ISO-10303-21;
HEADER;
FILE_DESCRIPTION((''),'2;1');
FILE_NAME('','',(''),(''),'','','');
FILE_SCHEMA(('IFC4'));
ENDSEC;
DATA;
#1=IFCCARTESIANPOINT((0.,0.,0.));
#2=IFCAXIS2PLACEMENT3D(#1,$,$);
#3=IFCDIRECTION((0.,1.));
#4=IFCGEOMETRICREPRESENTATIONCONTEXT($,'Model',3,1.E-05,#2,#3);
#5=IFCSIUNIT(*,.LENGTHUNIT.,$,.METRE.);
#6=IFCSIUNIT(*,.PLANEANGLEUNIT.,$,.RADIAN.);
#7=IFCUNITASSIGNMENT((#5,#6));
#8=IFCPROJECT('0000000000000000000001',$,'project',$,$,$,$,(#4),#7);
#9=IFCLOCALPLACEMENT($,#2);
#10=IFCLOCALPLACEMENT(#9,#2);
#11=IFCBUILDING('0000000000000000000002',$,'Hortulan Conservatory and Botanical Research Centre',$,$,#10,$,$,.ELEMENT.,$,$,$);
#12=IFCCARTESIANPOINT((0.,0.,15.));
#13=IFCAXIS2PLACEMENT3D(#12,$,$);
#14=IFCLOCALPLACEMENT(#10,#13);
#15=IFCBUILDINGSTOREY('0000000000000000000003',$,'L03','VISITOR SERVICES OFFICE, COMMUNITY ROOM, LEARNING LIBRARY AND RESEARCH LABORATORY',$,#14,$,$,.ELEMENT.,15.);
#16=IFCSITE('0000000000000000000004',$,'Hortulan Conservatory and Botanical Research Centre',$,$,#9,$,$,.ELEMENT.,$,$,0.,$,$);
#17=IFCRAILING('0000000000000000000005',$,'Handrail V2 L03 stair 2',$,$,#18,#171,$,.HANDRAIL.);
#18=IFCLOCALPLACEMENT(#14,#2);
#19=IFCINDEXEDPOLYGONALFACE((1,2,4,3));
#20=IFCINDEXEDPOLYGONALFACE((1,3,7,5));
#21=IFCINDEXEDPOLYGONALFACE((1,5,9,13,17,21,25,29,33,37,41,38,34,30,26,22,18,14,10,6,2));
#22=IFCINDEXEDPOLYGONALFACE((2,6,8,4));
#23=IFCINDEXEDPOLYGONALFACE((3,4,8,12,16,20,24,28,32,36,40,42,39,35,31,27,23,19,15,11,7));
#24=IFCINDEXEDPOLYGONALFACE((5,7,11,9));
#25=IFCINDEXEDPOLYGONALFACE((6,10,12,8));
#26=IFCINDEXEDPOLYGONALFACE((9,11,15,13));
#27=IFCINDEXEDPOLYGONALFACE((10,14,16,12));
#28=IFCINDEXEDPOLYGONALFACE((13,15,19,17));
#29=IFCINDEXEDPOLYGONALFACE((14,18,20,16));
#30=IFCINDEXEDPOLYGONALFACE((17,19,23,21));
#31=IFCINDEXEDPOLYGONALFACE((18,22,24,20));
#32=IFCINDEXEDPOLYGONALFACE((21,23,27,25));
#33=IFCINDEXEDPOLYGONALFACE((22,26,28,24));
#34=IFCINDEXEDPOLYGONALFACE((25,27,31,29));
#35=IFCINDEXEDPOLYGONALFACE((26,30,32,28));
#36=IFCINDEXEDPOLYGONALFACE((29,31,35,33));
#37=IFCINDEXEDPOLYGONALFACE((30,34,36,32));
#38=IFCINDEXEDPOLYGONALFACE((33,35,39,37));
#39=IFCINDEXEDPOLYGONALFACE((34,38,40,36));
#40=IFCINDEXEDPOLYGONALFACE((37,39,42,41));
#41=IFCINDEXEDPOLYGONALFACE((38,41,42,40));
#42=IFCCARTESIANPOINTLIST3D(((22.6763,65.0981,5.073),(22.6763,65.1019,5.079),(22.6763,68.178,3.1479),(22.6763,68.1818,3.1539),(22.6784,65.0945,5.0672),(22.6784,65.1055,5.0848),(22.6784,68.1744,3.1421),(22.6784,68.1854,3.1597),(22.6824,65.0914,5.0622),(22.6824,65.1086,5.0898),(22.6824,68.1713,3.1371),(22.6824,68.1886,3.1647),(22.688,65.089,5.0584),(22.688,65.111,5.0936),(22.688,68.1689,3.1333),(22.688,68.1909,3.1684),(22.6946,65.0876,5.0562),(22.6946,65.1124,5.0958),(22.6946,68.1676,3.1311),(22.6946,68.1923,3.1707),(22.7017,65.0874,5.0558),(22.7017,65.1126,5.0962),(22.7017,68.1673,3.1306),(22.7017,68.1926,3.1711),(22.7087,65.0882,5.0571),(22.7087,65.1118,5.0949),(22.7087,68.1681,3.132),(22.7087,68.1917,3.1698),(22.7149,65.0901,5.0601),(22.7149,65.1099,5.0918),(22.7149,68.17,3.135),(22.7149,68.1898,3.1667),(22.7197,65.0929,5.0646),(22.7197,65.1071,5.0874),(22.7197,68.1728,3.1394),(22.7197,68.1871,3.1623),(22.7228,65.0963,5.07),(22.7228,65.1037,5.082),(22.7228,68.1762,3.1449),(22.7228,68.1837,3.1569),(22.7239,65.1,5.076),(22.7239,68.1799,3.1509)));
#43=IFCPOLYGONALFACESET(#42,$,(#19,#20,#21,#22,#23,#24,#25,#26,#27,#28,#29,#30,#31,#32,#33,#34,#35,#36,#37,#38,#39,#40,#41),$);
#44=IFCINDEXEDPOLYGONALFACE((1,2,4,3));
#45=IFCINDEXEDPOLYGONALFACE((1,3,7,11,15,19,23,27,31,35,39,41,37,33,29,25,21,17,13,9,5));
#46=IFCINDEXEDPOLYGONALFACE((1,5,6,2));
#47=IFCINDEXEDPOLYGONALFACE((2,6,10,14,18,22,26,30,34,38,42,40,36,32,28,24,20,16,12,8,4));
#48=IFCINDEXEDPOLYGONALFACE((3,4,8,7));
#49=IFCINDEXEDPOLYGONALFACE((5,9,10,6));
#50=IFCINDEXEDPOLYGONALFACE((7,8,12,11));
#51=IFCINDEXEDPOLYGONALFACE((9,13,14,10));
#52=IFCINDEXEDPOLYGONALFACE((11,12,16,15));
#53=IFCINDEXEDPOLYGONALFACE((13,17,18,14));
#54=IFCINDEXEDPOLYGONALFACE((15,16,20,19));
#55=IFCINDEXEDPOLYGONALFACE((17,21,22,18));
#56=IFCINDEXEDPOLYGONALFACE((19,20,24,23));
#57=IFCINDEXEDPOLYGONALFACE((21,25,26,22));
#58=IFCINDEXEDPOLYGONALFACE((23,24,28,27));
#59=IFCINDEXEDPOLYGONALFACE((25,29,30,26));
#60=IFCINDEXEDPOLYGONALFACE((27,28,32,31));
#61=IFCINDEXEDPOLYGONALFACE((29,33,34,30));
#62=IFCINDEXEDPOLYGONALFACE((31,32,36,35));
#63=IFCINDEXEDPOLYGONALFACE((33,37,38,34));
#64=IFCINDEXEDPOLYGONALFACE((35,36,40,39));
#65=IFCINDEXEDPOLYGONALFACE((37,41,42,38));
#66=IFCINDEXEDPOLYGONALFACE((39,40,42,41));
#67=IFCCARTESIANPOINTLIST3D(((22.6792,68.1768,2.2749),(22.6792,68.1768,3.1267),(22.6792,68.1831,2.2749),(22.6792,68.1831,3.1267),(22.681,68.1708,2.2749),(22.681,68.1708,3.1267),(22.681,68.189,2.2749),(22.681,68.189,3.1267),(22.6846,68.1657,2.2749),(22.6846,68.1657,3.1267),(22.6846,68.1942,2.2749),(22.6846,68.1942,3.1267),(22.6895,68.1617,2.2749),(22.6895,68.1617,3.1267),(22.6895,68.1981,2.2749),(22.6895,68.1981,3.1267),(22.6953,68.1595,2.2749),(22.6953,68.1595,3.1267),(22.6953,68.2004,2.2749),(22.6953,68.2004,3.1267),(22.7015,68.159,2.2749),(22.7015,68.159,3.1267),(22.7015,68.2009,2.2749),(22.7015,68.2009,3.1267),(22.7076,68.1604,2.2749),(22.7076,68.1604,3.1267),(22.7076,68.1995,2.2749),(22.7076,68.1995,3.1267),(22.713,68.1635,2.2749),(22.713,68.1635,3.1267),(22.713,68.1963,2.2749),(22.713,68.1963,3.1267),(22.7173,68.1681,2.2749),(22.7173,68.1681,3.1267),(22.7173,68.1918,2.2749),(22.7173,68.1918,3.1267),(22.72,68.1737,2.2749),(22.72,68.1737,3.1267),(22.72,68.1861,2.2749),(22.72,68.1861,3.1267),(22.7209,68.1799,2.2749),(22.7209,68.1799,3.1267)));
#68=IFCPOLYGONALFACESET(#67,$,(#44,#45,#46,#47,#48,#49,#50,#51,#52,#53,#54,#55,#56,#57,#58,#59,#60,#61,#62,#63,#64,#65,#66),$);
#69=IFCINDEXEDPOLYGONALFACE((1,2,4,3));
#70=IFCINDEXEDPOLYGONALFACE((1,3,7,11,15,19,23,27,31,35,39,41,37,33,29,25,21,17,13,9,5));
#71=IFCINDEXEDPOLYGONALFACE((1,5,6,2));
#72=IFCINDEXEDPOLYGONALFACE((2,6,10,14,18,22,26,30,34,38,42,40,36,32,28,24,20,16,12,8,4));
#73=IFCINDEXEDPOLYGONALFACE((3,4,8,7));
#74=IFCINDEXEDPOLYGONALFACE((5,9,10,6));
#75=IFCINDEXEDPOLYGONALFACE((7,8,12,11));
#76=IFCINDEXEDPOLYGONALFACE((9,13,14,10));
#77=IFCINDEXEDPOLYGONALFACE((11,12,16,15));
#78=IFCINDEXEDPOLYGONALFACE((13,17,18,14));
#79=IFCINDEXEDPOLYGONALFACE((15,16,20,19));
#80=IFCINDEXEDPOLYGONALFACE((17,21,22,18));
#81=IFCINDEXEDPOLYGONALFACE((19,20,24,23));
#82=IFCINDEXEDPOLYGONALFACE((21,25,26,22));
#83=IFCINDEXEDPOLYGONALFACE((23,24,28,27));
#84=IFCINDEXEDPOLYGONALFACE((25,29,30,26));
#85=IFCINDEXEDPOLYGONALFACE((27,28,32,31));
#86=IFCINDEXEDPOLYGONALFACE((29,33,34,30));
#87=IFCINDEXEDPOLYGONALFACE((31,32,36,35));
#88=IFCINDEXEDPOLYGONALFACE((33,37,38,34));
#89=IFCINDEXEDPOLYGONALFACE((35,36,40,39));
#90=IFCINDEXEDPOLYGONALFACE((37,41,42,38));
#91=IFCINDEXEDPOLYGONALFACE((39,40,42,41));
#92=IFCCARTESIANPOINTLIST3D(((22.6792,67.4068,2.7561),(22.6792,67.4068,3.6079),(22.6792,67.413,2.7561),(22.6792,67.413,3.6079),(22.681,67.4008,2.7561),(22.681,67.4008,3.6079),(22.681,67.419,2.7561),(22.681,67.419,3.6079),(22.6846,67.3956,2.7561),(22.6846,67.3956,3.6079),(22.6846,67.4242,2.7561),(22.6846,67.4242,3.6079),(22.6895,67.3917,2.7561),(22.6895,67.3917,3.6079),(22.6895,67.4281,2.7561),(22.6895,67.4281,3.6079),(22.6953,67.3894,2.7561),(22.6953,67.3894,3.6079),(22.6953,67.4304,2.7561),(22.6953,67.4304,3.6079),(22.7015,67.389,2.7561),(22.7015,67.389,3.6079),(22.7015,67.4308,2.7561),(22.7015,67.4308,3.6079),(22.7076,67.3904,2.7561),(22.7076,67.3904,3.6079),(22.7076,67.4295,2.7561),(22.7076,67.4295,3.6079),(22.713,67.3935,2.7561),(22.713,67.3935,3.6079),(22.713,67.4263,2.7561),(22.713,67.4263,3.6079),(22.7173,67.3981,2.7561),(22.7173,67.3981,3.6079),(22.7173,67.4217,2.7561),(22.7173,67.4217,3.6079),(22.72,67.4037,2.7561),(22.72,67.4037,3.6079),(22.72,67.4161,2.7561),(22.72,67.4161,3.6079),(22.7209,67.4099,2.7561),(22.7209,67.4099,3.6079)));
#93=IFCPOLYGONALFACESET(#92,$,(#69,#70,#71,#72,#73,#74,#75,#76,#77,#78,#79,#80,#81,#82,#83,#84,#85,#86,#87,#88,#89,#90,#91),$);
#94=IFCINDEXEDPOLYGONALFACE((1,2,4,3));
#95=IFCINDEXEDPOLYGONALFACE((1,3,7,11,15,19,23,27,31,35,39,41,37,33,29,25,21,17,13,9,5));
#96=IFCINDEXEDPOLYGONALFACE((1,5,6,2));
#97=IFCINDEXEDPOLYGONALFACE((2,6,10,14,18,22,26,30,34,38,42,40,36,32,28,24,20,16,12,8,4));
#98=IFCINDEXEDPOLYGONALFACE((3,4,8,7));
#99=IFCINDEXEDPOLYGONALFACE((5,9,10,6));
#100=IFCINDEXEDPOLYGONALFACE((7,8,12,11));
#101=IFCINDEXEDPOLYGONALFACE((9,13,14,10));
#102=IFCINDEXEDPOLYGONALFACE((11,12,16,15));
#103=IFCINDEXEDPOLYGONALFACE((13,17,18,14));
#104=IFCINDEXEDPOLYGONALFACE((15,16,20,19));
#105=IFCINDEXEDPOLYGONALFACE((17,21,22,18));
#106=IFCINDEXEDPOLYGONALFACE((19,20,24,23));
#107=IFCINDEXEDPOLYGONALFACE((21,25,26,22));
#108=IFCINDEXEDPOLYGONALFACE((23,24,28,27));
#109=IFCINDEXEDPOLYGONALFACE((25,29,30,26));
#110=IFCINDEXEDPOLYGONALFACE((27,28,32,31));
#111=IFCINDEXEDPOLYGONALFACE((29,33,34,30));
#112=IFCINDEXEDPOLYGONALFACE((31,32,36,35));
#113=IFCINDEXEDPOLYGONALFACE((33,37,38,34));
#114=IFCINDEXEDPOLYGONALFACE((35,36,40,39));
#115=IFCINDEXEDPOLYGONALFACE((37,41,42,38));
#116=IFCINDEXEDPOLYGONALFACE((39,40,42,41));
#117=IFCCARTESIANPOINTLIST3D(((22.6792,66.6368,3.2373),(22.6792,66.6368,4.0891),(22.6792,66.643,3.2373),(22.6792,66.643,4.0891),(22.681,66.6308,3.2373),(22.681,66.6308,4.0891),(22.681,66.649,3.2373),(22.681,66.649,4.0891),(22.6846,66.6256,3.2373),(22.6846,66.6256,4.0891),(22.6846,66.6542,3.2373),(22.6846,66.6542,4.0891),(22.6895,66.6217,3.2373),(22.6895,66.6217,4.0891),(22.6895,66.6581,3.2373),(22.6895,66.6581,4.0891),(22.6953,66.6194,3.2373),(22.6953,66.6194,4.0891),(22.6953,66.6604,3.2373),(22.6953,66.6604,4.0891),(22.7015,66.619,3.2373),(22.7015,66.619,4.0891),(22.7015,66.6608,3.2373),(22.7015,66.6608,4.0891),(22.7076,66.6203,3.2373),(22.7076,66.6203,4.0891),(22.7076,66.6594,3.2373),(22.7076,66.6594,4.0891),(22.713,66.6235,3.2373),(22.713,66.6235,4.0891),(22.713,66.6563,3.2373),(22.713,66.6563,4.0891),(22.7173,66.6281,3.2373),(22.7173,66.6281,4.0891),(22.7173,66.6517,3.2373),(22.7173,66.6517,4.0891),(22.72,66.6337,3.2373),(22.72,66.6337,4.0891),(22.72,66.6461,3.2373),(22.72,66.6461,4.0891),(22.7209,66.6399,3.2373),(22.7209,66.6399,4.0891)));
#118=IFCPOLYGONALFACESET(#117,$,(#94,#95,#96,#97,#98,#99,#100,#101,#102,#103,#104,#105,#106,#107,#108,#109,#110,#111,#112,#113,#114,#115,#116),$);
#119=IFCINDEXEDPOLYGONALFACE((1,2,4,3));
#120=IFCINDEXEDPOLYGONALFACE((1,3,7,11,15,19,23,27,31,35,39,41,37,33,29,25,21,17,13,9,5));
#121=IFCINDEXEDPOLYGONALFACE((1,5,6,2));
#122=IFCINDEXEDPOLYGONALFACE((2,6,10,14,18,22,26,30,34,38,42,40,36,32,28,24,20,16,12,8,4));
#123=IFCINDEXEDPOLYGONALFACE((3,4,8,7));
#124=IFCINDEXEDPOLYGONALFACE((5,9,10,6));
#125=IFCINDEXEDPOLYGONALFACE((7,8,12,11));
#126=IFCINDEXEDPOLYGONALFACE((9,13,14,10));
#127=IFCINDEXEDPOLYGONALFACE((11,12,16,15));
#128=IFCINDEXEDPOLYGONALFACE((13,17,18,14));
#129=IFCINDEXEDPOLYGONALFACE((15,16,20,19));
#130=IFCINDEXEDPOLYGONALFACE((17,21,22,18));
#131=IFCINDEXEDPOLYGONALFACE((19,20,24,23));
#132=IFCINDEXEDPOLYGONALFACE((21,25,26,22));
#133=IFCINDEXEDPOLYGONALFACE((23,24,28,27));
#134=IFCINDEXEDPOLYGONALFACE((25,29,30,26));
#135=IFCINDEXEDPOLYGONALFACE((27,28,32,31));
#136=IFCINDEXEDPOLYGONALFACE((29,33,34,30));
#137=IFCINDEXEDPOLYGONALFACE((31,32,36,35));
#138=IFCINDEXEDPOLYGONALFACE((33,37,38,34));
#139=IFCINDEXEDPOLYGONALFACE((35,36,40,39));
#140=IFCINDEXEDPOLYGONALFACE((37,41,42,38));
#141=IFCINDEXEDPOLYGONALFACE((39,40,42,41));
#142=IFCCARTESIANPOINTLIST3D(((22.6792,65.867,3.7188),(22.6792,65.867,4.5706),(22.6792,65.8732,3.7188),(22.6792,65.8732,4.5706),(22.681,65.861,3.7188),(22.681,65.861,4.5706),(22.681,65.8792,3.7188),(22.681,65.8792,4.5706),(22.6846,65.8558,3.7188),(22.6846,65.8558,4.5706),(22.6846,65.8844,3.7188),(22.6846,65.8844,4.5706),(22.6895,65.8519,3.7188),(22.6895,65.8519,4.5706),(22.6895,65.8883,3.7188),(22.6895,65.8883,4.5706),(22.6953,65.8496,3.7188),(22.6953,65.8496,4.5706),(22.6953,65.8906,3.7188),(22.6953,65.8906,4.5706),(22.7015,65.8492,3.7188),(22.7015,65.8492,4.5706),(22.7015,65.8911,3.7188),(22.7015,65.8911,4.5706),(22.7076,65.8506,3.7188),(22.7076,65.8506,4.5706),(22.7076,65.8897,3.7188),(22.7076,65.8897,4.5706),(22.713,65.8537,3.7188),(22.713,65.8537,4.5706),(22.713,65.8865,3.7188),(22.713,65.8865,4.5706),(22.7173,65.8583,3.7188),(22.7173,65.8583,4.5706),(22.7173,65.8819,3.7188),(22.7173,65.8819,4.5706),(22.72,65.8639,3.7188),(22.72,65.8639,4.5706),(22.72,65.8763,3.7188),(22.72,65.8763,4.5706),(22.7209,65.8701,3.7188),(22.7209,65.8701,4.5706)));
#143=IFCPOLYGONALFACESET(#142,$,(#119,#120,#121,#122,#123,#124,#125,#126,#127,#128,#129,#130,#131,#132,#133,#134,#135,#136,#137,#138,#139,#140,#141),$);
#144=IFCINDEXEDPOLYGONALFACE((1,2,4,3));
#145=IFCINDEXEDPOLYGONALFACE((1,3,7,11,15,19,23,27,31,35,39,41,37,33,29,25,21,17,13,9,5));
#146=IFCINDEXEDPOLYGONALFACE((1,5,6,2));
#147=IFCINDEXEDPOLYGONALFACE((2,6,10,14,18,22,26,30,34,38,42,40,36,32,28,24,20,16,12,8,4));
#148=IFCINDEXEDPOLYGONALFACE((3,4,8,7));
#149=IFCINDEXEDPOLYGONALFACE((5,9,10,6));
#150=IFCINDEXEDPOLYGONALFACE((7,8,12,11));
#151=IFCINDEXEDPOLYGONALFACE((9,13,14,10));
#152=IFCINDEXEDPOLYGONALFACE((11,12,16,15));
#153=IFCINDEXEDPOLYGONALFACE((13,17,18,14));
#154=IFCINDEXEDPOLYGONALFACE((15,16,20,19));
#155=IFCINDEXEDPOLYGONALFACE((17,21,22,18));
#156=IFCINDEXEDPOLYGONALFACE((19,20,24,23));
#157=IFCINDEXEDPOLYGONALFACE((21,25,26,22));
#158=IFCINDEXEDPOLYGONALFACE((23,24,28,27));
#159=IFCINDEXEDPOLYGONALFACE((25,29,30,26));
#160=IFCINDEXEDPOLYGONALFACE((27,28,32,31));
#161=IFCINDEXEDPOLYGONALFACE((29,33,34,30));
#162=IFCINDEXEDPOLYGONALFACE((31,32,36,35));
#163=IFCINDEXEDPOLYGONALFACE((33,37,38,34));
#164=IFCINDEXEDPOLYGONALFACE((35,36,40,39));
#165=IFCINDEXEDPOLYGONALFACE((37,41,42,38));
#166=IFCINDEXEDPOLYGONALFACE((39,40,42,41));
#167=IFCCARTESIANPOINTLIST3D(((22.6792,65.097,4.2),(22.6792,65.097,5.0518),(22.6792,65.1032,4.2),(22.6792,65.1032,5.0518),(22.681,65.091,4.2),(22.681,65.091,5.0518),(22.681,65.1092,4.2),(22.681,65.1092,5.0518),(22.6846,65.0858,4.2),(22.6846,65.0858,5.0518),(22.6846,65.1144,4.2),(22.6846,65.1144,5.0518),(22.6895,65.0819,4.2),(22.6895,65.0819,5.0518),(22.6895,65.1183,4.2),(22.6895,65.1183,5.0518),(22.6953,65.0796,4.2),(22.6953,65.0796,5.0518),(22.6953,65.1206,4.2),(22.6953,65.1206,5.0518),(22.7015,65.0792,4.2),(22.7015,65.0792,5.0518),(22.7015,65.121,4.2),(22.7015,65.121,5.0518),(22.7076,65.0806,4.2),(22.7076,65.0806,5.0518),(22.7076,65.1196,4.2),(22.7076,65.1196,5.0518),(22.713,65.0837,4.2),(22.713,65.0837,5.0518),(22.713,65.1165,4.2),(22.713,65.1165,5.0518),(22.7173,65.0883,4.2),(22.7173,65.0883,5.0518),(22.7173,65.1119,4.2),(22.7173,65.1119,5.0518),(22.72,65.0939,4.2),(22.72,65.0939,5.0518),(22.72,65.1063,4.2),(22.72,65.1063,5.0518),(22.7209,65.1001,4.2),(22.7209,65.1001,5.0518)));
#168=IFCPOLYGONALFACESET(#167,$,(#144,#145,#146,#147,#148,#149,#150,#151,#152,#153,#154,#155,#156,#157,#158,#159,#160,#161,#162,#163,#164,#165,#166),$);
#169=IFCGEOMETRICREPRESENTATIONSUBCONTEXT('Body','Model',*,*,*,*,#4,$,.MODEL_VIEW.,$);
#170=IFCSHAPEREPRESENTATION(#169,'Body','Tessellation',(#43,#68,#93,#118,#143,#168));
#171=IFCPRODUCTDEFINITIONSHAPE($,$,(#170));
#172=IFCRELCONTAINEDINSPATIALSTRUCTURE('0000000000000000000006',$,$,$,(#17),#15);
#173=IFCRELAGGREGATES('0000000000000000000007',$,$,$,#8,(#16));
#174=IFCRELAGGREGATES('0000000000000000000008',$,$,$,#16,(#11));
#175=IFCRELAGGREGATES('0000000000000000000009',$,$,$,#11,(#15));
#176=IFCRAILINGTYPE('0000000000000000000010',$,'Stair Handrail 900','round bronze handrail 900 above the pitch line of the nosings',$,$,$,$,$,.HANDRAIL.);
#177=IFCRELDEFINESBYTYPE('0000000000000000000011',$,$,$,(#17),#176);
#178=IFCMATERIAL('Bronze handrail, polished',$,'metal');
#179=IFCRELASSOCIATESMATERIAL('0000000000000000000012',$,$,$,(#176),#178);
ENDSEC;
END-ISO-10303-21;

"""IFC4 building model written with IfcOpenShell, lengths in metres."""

from ifc_helpers import new_model, si_unit, direction, frame, origin, origin_2d, place, context, subcontext, project, spatial, circle, extrude, material, type_object, element, save


model = new_model("IFC4")

# Units and contexts
model_context = context("Model", 3, precision=1e-05, world=origin(), true_north=direction((0.0, 1.0)))
body_context = subcontext(model_context, "Body", "Model", "MODEL_VIEW")
ifc_project = project(units=[si_unit("LENGTHUNIT", "METRE"), si_unit("PLANEANGLEUNIT", "RADIAN")], contexts=[model_context])

# Site, building, storey
site_placement = place(None, origin())
site = spatial("IfcSite", under=ifc_project, at=site_placement, Name="Hortulan Conservatory and Botanical Research Centre", CompositionType="ELEMENT", RefElevation=0.0)
building_placement = place(site_placement, origin())
building = spatial("IfcBuilding", under=site, at=building_placement, Name="Hortulan Conservatory and Botanical Research Centre", CompositionType="ELEMENT")
storey_placement = place(building_placement, frame((0.0, 0.0, 15.0)))
storey = spatial("IfcBuildingStorey", under=building, at=storey_placement, Name="L03", Description="VISITOR SERVICES OFFICE, COMMUNITY ROOM, LEARNING LIBRARY AND RESEARCH LABORATORY", CompositionType="ELEMENT", Elevation=15.0)

# Railing
ifc_material_1 = material(Name="Bronze handrail, polished", Category="metal")
railing_type = type_object("IfcRailingType", Name="Stair Handrail 900", Description="round bronze handrail 900 above the pitch line of the nosings", PredefinedType="HANDRAIL", material=ifc_material_1)
railing_placement = place(storey_placement, frame((22.7, 68.1799, 2.2749)))
element("IfcRailing", 1, at=railing_placement, inside=storey, type_object=railing_type, Name="Handrail V2 L03 stair 2", PredefinedType="HANDRAIL", context=body_context, shape_type="SweptSolid", body=[
    extrude(circle(Radius=0.0239, at=origin_2d()), frame((0.0, 0.0, 0.876), z_axis=(0.0, -0.847979, 0.530029), x_axis=(1.0, 0.0, 0.0)), (0.0, 0.0, 1.0), 3.6321),
    extrude(circle(Radius=0.021, at=origin_2d()), origin(), (0.0, 0.0, 1.0), 0.8518),
    extrude(circle(Radius=0.021, at=origin_2d()), frame((0.0, -0.77, 0.4812)), (0.0, 0.0, 1.0), 0.8518),
    extrude(circle(Radius=0.021, at=origin_2d()), frame((0.0, -1.54, 0.9624)), (0.0, 0.0, 1.0), 0.8518),
    extrude(circle(Radius=0.021, at=origin_2d()), frame((0.0, -2.3098, 1.4438)), (0.0, 0.0, 1.0), 0.8518),
    extrude(circle(Radius=0.021, at=origin_2d()), frame((0.0, -3.0798, 1.925)), (0.0, 0.0, 1.0), 0.8518),
])

save(model, "model.ifc")
